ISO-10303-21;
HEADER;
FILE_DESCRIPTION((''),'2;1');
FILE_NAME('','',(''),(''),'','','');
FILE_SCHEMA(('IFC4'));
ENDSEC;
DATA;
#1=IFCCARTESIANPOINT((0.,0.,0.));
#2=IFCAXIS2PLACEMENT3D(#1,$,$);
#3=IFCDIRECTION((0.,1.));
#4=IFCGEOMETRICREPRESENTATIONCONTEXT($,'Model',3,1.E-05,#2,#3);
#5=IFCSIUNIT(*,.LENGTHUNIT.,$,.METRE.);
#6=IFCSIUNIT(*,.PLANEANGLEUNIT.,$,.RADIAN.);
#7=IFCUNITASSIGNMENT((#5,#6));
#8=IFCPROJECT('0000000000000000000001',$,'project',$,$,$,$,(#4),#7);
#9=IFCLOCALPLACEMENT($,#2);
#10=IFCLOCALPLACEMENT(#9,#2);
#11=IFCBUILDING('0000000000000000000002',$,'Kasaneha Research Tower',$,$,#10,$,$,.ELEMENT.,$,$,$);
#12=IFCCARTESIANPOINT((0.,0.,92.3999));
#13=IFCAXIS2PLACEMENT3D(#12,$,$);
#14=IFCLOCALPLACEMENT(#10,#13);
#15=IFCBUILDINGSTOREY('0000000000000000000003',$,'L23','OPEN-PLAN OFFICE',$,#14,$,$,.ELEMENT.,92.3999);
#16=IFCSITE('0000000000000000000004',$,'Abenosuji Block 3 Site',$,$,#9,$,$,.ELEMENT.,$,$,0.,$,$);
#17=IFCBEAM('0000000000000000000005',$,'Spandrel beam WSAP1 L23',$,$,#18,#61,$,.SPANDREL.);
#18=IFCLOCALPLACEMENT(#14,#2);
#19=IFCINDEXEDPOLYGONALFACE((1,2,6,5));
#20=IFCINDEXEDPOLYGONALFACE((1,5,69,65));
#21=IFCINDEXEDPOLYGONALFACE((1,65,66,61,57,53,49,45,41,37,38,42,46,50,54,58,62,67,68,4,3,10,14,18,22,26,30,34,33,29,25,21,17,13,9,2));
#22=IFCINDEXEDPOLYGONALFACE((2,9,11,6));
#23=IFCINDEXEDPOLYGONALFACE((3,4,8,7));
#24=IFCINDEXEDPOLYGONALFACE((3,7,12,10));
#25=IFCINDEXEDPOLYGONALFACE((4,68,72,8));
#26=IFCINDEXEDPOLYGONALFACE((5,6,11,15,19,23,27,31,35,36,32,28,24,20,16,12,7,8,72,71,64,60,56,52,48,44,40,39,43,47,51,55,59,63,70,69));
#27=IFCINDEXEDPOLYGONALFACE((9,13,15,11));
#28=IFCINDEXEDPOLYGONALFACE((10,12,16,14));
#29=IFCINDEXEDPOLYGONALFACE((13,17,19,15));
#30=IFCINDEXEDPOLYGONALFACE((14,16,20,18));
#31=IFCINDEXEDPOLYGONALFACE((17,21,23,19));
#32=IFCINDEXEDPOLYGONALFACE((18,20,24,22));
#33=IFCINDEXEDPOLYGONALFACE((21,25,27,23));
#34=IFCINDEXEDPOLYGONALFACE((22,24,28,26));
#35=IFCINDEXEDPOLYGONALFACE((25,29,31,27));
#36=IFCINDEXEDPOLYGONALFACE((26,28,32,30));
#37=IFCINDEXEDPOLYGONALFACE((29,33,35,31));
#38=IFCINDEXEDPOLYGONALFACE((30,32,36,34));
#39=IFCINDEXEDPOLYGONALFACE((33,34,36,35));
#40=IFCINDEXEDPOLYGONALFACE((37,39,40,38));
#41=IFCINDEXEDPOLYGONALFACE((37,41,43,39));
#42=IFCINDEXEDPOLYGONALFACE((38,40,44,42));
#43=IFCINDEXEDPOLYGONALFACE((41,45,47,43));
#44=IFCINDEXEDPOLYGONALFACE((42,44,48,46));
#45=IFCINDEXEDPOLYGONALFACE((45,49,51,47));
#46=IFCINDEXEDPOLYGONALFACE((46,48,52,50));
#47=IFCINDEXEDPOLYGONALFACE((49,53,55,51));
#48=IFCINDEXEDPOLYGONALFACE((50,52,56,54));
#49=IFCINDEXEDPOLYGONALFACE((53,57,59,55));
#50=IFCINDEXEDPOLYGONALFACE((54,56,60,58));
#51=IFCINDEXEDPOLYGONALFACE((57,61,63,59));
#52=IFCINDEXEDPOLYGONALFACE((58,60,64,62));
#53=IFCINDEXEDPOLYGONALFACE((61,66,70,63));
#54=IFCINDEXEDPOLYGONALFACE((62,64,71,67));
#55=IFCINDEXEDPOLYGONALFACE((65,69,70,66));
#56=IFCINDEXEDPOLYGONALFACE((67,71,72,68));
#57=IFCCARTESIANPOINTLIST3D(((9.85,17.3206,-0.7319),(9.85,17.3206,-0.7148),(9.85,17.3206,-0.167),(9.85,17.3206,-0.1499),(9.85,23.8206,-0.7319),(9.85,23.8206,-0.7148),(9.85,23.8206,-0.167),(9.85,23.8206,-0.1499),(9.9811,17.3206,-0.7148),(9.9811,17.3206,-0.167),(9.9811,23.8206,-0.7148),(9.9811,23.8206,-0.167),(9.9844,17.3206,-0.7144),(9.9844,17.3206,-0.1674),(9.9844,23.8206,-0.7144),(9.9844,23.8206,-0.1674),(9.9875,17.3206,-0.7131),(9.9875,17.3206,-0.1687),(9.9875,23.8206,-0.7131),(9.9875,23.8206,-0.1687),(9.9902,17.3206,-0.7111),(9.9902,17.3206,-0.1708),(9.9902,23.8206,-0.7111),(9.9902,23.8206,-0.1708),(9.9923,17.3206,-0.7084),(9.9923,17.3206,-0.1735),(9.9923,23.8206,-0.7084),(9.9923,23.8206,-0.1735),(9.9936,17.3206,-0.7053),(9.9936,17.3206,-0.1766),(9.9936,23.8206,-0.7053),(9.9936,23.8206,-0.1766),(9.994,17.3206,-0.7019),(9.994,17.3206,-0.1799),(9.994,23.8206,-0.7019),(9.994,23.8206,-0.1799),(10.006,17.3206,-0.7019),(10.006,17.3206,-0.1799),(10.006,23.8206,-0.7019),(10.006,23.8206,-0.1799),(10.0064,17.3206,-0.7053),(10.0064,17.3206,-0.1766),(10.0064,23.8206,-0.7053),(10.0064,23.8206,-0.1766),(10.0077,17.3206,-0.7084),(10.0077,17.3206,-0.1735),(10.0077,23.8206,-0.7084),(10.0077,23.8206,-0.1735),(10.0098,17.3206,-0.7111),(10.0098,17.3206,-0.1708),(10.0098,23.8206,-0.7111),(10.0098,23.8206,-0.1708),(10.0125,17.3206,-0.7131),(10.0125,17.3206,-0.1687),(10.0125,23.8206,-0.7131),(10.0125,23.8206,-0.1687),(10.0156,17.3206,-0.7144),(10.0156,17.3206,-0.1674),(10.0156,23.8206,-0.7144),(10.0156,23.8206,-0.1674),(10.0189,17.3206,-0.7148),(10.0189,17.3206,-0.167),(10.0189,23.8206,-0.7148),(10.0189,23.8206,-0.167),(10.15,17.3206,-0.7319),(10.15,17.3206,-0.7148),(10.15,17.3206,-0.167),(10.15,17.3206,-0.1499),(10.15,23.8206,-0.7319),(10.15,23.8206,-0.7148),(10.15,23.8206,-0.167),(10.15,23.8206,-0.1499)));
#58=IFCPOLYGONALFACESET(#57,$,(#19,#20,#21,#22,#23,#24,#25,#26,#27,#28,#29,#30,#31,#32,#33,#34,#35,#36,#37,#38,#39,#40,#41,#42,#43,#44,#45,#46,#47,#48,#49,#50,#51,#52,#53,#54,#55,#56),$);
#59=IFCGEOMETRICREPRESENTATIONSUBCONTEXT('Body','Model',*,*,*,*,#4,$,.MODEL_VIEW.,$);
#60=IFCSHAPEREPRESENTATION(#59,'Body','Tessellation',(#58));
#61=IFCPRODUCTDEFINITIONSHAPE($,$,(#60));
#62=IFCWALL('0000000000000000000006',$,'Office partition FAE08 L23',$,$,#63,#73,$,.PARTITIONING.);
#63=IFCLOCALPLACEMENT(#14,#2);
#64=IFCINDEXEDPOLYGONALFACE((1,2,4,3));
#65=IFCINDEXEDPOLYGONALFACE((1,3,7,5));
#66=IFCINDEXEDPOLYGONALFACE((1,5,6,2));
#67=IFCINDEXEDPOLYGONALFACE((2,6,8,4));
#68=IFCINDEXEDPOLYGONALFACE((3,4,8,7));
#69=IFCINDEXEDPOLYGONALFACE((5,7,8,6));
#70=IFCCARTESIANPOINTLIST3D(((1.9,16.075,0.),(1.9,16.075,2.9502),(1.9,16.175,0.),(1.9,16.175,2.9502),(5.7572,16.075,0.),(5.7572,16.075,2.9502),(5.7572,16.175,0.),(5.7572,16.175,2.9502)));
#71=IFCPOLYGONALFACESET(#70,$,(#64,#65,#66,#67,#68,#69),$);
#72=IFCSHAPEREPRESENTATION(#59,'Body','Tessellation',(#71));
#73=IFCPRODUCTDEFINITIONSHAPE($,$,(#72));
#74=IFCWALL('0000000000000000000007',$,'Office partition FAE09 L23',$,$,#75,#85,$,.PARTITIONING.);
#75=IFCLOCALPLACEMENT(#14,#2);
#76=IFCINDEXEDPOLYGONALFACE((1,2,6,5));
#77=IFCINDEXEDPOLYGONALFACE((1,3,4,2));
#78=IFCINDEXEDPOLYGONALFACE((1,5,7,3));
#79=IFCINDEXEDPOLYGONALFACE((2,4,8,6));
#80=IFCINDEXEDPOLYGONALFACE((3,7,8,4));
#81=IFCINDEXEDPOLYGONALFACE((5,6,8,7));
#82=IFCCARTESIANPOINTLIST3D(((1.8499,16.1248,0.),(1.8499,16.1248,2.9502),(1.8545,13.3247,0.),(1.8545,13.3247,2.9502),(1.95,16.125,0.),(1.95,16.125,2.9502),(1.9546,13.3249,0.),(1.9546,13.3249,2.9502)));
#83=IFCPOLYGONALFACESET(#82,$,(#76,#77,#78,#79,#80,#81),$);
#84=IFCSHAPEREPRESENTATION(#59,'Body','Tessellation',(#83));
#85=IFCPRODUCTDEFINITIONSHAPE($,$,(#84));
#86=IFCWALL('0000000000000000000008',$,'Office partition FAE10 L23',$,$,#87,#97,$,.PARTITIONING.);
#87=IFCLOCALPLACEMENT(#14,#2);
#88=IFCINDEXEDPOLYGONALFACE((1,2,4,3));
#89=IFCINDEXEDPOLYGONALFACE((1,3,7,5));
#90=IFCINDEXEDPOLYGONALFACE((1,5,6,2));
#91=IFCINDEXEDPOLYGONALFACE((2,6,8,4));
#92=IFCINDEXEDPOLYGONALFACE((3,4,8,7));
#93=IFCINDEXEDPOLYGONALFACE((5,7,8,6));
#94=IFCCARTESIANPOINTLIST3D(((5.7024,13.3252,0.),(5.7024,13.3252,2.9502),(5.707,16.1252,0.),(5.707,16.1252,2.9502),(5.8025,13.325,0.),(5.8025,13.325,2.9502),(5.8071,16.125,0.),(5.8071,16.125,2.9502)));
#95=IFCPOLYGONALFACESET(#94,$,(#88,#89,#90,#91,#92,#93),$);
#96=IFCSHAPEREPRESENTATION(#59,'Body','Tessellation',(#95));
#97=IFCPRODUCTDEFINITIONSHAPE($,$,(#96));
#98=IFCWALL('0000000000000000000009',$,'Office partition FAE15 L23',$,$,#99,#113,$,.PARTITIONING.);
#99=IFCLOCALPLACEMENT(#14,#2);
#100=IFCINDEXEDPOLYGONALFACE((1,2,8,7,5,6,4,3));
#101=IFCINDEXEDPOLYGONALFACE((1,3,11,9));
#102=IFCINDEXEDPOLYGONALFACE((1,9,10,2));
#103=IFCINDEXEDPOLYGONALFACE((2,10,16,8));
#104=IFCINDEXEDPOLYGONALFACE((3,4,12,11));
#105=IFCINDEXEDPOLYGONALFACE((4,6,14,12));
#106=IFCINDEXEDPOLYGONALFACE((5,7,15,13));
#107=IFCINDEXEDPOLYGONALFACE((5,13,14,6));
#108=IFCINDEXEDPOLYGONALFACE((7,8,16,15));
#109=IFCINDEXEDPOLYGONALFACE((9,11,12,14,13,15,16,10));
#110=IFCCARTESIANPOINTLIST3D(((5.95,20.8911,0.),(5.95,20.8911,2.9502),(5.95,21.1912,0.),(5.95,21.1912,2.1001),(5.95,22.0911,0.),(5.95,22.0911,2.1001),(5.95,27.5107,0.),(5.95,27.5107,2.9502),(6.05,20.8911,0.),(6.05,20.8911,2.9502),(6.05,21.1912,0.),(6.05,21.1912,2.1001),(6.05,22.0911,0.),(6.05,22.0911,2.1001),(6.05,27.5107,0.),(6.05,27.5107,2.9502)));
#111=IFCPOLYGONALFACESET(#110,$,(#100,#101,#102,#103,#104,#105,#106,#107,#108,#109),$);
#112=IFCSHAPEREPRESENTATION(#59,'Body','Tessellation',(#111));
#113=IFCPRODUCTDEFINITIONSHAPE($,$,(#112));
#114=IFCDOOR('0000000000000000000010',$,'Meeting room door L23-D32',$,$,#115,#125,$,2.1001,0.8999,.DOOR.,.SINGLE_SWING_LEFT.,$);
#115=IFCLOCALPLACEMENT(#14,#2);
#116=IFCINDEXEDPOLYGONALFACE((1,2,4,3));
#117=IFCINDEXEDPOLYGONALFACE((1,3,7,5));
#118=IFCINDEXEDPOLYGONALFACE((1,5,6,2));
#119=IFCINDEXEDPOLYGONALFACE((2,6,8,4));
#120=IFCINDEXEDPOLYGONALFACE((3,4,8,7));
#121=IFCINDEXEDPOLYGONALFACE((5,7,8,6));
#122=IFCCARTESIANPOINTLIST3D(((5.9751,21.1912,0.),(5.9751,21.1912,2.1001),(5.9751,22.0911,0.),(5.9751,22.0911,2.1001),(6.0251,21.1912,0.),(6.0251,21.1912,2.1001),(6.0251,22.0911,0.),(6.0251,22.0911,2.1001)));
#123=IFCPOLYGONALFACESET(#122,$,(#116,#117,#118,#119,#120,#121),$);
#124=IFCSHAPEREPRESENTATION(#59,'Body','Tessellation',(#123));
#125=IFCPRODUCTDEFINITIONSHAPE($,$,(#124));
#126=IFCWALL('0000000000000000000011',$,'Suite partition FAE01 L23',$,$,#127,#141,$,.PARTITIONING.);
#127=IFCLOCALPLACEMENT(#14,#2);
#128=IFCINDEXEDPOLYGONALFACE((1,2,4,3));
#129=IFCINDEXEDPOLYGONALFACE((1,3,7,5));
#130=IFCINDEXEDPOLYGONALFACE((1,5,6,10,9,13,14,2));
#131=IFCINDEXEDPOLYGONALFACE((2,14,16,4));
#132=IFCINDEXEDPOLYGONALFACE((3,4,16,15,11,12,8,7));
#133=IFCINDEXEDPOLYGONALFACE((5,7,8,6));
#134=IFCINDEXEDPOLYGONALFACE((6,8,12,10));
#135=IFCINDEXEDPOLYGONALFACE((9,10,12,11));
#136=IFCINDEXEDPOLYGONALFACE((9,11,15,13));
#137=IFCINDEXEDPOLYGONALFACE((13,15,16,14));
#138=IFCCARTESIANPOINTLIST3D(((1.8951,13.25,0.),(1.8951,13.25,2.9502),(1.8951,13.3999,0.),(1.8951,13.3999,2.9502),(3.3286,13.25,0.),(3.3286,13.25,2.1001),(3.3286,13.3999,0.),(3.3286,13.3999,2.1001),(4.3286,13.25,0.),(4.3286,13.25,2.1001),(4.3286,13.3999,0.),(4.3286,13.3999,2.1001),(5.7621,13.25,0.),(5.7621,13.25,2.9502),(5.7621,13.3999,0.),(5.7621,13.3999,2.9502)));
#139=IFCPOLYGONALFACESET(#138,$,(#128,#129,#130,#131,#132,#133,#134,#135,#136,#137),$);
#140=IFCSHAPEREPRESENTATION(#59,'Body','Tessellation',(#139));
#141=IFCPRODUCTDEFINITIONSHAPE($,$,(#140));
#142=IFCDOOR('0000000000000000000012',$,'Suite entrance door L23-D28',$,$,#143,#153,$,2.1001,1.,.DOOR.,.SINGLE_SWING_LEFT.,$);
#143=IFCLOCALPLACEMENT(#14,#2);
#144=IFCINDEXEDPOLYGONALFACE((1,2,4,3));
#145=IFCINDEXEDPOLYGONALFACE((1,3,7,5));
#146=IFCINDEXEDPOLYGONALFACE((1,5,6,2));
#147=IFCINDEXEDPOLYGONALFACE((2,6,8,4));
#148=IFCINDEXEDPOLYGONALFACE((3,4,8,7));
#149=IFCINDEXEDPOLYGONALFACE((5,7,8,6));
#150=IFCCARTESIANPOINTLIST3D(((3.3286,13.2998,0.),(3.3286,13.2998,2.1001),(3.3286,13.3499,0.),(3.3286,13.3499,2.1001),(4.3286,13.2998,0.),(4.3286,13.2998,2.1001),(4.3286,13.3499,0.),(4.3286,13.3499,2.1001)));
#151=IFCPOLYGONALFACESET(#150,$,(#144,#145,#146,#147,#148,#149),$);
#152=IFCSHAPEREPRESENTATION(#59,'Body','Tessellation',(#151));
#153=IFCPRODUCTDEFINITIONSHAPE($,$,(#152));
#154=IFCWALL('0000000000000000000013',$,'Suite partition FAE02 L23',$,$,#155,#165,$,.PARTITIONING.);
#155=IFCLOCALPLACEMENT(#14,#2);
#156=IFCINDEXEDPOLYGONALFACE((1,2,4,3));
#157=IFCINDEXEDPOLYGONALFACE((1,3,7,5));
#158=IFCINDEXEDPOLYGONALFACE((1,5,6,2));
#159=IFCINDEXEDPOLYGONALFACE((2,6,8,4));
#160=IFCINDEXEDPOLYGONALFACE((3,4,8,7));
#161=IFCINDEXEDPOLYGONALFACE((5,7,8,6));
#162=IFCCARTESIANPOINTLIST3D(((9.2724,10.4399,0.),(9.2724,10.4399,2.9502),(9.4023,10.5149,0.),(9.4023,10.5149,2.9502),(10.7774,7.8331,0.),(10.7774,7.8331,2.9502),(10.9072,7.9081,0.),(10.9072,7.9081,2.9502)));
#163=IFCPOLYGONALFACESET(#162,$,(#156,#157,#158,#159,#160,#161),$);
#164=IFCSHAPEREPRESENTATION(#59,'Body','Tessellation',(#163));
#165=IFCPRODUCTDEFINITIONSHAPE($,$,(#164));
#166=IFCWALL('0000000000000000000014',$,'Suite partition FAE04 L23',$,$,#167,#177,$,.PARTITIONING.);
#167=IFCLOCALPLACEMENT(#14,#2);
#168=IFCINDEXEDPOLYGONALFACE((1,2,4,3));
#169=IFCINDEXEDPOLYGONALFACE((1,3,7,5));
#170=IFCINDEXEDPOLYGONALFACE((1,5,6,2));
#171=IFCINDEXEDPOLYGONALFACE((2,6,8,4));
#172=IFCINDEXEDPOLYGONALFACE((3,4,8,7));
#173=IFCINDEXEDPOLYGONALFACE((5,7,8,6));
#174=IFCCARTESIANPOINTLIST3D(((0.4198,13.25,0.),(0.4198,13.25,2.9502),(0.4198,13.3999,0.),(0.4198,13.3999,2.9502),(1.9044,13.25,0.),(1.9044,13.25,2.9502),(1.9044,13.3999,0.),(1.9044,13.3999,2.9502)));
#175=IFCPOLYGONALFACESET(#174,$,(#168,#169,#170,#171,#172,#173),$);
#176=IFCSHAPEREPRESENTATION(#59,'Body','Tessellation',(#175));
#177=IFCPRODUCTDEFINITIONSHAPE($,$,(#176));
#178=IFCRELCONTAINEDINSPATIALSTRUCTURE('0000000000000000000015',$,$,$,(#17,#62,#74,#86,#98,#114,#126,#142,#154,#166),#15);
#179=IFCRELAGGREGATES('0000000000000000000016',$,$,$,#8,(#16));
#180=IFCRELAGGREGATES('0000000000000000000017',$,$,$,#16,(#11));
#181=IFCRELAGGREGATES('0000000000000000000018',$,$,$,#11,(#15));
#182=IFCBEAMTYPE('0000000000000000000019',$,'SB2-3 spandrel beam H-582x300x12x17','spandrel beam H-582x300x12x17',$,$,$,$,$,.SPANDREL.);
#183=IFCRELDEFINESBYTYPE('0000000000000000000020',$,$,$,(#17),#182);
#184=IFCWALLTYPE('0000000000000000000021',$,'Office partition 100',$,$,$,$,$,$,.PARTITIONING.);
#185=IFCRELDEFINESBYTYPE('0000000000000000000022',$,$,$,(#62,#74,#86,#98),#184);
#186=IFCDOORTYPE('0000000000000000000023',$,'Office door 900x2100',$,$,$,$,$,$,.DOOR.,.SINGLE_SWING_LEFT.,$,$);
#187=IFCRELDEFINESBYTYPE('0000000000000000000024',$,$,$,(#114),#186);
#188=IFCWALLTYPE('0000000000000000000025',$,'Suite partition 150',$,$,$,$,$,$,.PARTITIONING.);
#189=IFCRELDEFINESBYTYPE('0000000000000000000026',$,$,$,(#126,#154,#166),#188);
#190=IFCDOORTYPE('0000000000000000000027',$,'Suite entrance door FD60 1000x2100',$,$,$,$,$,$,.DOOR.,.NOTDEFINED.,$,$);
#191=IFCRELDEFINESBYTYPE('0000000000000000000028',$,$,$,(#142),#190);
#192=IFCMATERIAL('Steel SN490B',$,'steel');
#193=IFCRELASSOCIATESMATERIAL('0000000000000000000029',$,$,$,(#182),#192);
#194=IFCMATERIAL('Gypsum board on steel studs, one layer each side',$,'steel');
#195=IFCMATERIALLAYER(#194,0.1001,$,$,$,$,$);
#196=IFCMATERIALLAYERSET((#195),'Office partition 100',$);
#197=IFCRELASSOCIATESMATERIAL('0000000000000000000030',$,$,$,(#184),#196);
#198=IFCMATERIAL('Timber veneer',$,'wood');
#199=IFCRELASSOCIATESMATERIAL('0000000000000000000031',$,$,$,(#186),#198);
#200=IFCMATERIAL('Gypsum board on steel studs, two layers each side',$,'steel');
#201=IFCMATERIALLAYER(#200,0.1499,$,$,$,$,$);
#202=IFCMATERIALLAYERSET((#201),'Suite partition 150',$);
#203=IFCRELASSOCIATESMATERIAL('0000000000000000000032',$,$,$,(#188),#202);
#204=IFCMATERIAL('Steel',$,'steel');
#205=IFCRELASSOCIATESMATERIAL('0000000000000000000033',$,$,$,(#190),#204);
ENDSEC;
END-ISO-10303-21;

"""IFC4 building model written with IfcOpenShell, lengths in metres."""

from ifc_helpers import new_model, si_unit, direction, frame, frame_2d, origin, origin_2d, place, context, subcontext, project, spatial, rectangle, i_section, extrude, material, layer, layer_set, material_profile, profile_set, type_object, element, fill, save


model = new_model("IFC4")

# Units and contexts
model_context = context("Model", 3, precision=1e-05, world=origin(), true_north=direction((0.0, 1.0)))
body_context = subcontext(model_context, "Body", "Model", "MODEL_VIEW")
ifc_project = project(units=[si_unit("LENGTHUNIT", "METRE"), si_unit("PLANEANGLEUNIT", "RADIAN")], contexts=[model_context])

# Site, building, storey
site_placement = place(None, origin())
site = spatial("IfcSite", under=ifc_project, at=site_placement, Name="Abenosuji Block 3 Site", CompositionType="ELEMENT", RefElevation=0.0)
building_placement = place(site_placement, origin())
building = spatial("IfcBuilding", under=site, at=building_placement, Name="Kasaneha Research Tower", CompositionType="ELEMENT")
storey_placement = place(building_placement, frame((0.0, 0.0, 92.3999)))
storey = spatial("IfcBuildingStorey", under=building, at=storey_placement, Name="L23", Description="OPEN-PLAN OFFICE", CompositionType="ELEMENT", Elevation=92.3999)

# Beam
ifc_material_1 = material(Name="Steel SN490B", Category="steel")
ifc_material_profile_1 = material_profile(ifc_material_1, i_section(OverallWidth=0.3, OverallDepth=0.582, WebThickness=0.012, FlangeThickness=0.0171, FilletRadius=0.0129, at=origin_2d()), Name="H-582x300x12x17")
ifc_profile_set_1 = profile_set([ifc_material_profile_1], Name="Steel SN490B")
beam_type_1 = type_object("IfcBeamType", Name="SB2-3 spandrel beam H-582x300x12x17", Description="spandrel beam H-582x300x12x17", PredefinedType="SPANDREL", material=ifc_profile_set_1)
beam_1_placement = place(storey_placement, frame((10.0, 17.3206, -0.4409), z_axis=(0.0, 1.0, 0.0), x_axis=(-1.0, 0.0, 0.0)))
element("IfcBeam", 1, at=beam_1_placement, inside=storey, type_object=beam_type_1, Name="Spandrel beam WSAP1 L23", PredefinedType="SPANDREL", context=body_context, shape_type="SweptSolid", body=[
    extrude(i_section(OverallWidth=0.3, OverallDepth=0.582, WebThickness=0.012, FlangeThickness=0.0171, FilletRadius=0.0129, at=origin_2d()), origin(), (0.0, 0.0, 1.0), 6.5),
])

# Walls
ifc_material_2 = material(Name="Gypsum board on steel studs, one layer each side", Category="steel")
ifc_layer_1 = layer(ifc_material_2, 0.1001)
ifc_layer_set_1 = layer_set([ifc_layer_1], Name="Office partition 100")
wall_type_1 = type_object("IfcWallType", Name="Office partition 100", PredefinedType="PARTITIONING", material=ifc_layer_set_1)
wall_1_placement = place(storey_placement, frame((1.8999, 16.125, 0.0), z_axis=(0.0, 0.0, 1.0), x_axis=(1.0, 0.0, 0.0)))
element("IfcWall", 2, at=wall_1_placement, inside=storey, type_object=wall_type_1, Name="Office partition FAE08 L23", PredefinedType="PARTITIONING", context=body_context, shape_type="SweptSolid", body=[
    extrude(rectangle(XDim=3.8572, YDim=0.1001, at=frame_2d((1.9287, 0.0))), origin(), (0.0, 0.0, 1.0), 2.9502),
])
for number, where, z_axis, x_axis, name in (
    (3, (1.9045, 13.325, 0.0), (0.0, 0.0, 1.0), (-0.001657, 0.999999, 0.0), "Office partition FAE09 L23"),
    (4, (5.7571, 16.125, 0.0), (0.0, 0.0, 1.0), (-0.001657, -0.999999, 0.0), "Office partition FAE10 L23"),
):
    element("IfcWall", number, at=place(storey_placement, frame(where, z_axis=z_axis, x_axis=x_axis)), inside=storey, type_object=wall_type_1, Name=name, PredefinedType="PARTITIONING", context=body_context, shape_type="SweptSolid", body=[
        extrude(rectangle(XDim=2.8, YDim=0.1001, at=frame_2d((1.3999, 0.0))), origin(), (0.0, 0.0, 1.0), 2.9502),
    ])

# Walls, openings, doors
wall_2_placement = place(storey_placement, frame((6.0, 20.8911, 0.0), z_axis=(0.0, 0.0, 1.0), x_axis=(0.0, 1.0, 0.0)))
wall_2 = element("IfcWall", 5, at=wall_2_placement, inside=storey, type_object=wall_type_1, Name="Office partition FAE15 L23", PredefinedType="PARTITIONING", context=body_context, shape_type="SweptSolid", body=[
    extrude(rectangle(XDim=6.6196, YDim=0.1001, at=frame_2d((3.3098, 0.0))), origin(), (0.0, 0.0, 1.0), 2.9502),
])
opening_1_placement = place(wall_2_placement, frame((0.3, 0.0, 0.0)))
opening_1 = element("IfcOpeningElement", 6, at=opening_1_placement, cuts=wall_2, PredefinedType="OPENING", context=body_context, shape_type="SweptSolid", body=[
    extrude(rectangle(XDim=0.8999, YDim=2.1001, at=frame_2d((0.45, 1.05))), frame((0.0, 0.0601, 0.0), z_axis=(0.0, -1.0, 0.0), x_axis=(1.0, 0.0, 0.0)), (0.0, 0.0, 1.0), 0.1201),
])
ifc_material_3 = material(Name="Timber veneer", Category="wood")
door_type_1 = type_object("IfcDoorType", Name="Office door 900x2100", OperationType="SINGLE_SWING_LEFT", PredefinedType="DOOR", material=ifc_material_3)
door_1_placement = place(opening_1_placement, origin())
door_1 = element("IfcDoor", 7, at=door_1_placement, inside=storey, type_object=door_type_1, Name="Meeting room door L23-D32", OperationType="SINGLE_SWING_LEFT", OverallHeight=2.1001, OverallWidth=0.8999, PredefinedType="DOOR", context=body_context, shape_type="SweptSolid", body=[
    extrude(rectangle(XDim=0.8999, YDim=2.1001, at=frame_2d((0.45, 1.05))), frame((0.0, 0.0249, 0.0), z_axis=(0.0, -1.0, 0.0), x_axis=(1.0, 0.0, 0.0)), (0.0, 0.0, 1.0), 0.05),
])
fill(opening_1, door_1)
ifc_material_4 = material(Name="Gypsum board on steel studs, two layers each side", Category="steel")
ifc_layer_2 = layer(ifc_material_4, 0.1499)
ifc_layer_set_2 = layer_set([ifc_layer_2], Name="Suite partition 150")
wall_type_2 = type_object("IfcWallType", Name="Suite partition 150", PredefinedType="PARTITIONING", material=ifc_layer_set_2)
wall_3_placement = place(storey_placement, frame((1.895, 13.325, 0.0), z_axis=(0.0, 0.0, 1.0), x_axis=(1.0, 0.0, 0.0)))
wall_3 = element("IfcWall", 8, at=wall_3_placement, inside=storey, type_object=wall_type_2, Name="Suite partition FAE01 L23", PredefinedType="PARTITIONING", context=body_context, shape_type="SweptSolid", body=[
    extrude(rectangle(XDim=3.8669, YDim=0.1499, at=frame_2d((1.9336, 0.0))), origin(), (0.0, 0.0, 1.0), 2.9502),
])
opening_2_placement = place(wall_3_placement, frame((1.4336, 0.0, 0.0)))
opening_2 = element("IfcOpeningElement", 9, at=opening_2_placement, cuts=wall_3, PredefinedType="OPENING", context=body_context, shape_type="SweptSolid", body=[
    extrude(rectangle(XDim=1.0, YDim=2.1001, at=frame_2d((0.5, 1.05))), frame((0.0, 0.085, 0.0), z_axis=(0.0, -1.0, 0.0), x_axis=(1.0, 0.0, 0.0)), (0.0, 0.0, 1.0), 0.1699),
])
ifc_material_5 = material(Name="Steel", Category="steel")
door_type_2 = type_object("IfcDoorType", Name="Suite entrance door FD60 1000x2100", OperationType="NOTDEFINED", PredefinedType="DOOR", material=ifc_material_5)
door_2_placement = place(opening_2_placement, origin())
door_2 = element("IfcDoor", 10, at=door_2_placement, inside=storey, type_object=door_type_2, Name="Suite entrance door L23-D28", OperationType="SINGLE_SWING_LEFT", OverallHeight=2.1001, OverallWidth=1.0, PredefinedType="DOOR", context=body_context, shape_type="SweptSolid", body=[
    extrude(rectangle(XDim=1.0, YDim=2.1001, at=frame_2d((0.5, 1.05))), frame((0.0, 0.0249, 0.0), z_axis=(0.0, -1.0, 0.0), x_axis=(1.0, 0.0, 0.0)), (0.0, 0.0, 1.0), 0.05),
])
fill(opening_2, door_2)

# Walls
wall_4_placement = place(storey_placement, frame((9.3374, 10.4773, 0.0), z_axis=(0.0, 0.0, 1.0), x_axis=(0.499978, -0.866038, 0.0)))
element("IfcWall", 11, at=wall_4_placement, inside=storey, type_object=wall_type_2, Name="Suite partition FAE02 L23", PredefinedType="PARTITIONING", context=body_context, shape_type="SweptSolid", body=[
    extrude(rectangle(XDim=3.01, YDim=0.1499, at=frame_2d((1.5049, 0.0))), origin(), (0.0, 0.0, 1.0), 2.9502),
])
wall_5_placement = place(storey_placement, frame((0.4199, 13.325, 0.0), z_axis=(0.0, 0.0, 1.0), x_axis=(1.0, 0.0, 0.0)))
element("IfcWall", 12, at=wall_5_placement, inside=storey, type_object=wall_type_2, Name="Suite partition FAE04 L23", PredefinedType="PARTITIONING", context=body_context, shape_type="SweptSolid", body=[
    extrude(rectangle(XDim=1.4846, YDim=0.1499, at=frame_2d((0.7422, 0.0))), origin(), (0.0, 0.0, 1.0), 2.9502),
])

save(model, "model.ifc")
